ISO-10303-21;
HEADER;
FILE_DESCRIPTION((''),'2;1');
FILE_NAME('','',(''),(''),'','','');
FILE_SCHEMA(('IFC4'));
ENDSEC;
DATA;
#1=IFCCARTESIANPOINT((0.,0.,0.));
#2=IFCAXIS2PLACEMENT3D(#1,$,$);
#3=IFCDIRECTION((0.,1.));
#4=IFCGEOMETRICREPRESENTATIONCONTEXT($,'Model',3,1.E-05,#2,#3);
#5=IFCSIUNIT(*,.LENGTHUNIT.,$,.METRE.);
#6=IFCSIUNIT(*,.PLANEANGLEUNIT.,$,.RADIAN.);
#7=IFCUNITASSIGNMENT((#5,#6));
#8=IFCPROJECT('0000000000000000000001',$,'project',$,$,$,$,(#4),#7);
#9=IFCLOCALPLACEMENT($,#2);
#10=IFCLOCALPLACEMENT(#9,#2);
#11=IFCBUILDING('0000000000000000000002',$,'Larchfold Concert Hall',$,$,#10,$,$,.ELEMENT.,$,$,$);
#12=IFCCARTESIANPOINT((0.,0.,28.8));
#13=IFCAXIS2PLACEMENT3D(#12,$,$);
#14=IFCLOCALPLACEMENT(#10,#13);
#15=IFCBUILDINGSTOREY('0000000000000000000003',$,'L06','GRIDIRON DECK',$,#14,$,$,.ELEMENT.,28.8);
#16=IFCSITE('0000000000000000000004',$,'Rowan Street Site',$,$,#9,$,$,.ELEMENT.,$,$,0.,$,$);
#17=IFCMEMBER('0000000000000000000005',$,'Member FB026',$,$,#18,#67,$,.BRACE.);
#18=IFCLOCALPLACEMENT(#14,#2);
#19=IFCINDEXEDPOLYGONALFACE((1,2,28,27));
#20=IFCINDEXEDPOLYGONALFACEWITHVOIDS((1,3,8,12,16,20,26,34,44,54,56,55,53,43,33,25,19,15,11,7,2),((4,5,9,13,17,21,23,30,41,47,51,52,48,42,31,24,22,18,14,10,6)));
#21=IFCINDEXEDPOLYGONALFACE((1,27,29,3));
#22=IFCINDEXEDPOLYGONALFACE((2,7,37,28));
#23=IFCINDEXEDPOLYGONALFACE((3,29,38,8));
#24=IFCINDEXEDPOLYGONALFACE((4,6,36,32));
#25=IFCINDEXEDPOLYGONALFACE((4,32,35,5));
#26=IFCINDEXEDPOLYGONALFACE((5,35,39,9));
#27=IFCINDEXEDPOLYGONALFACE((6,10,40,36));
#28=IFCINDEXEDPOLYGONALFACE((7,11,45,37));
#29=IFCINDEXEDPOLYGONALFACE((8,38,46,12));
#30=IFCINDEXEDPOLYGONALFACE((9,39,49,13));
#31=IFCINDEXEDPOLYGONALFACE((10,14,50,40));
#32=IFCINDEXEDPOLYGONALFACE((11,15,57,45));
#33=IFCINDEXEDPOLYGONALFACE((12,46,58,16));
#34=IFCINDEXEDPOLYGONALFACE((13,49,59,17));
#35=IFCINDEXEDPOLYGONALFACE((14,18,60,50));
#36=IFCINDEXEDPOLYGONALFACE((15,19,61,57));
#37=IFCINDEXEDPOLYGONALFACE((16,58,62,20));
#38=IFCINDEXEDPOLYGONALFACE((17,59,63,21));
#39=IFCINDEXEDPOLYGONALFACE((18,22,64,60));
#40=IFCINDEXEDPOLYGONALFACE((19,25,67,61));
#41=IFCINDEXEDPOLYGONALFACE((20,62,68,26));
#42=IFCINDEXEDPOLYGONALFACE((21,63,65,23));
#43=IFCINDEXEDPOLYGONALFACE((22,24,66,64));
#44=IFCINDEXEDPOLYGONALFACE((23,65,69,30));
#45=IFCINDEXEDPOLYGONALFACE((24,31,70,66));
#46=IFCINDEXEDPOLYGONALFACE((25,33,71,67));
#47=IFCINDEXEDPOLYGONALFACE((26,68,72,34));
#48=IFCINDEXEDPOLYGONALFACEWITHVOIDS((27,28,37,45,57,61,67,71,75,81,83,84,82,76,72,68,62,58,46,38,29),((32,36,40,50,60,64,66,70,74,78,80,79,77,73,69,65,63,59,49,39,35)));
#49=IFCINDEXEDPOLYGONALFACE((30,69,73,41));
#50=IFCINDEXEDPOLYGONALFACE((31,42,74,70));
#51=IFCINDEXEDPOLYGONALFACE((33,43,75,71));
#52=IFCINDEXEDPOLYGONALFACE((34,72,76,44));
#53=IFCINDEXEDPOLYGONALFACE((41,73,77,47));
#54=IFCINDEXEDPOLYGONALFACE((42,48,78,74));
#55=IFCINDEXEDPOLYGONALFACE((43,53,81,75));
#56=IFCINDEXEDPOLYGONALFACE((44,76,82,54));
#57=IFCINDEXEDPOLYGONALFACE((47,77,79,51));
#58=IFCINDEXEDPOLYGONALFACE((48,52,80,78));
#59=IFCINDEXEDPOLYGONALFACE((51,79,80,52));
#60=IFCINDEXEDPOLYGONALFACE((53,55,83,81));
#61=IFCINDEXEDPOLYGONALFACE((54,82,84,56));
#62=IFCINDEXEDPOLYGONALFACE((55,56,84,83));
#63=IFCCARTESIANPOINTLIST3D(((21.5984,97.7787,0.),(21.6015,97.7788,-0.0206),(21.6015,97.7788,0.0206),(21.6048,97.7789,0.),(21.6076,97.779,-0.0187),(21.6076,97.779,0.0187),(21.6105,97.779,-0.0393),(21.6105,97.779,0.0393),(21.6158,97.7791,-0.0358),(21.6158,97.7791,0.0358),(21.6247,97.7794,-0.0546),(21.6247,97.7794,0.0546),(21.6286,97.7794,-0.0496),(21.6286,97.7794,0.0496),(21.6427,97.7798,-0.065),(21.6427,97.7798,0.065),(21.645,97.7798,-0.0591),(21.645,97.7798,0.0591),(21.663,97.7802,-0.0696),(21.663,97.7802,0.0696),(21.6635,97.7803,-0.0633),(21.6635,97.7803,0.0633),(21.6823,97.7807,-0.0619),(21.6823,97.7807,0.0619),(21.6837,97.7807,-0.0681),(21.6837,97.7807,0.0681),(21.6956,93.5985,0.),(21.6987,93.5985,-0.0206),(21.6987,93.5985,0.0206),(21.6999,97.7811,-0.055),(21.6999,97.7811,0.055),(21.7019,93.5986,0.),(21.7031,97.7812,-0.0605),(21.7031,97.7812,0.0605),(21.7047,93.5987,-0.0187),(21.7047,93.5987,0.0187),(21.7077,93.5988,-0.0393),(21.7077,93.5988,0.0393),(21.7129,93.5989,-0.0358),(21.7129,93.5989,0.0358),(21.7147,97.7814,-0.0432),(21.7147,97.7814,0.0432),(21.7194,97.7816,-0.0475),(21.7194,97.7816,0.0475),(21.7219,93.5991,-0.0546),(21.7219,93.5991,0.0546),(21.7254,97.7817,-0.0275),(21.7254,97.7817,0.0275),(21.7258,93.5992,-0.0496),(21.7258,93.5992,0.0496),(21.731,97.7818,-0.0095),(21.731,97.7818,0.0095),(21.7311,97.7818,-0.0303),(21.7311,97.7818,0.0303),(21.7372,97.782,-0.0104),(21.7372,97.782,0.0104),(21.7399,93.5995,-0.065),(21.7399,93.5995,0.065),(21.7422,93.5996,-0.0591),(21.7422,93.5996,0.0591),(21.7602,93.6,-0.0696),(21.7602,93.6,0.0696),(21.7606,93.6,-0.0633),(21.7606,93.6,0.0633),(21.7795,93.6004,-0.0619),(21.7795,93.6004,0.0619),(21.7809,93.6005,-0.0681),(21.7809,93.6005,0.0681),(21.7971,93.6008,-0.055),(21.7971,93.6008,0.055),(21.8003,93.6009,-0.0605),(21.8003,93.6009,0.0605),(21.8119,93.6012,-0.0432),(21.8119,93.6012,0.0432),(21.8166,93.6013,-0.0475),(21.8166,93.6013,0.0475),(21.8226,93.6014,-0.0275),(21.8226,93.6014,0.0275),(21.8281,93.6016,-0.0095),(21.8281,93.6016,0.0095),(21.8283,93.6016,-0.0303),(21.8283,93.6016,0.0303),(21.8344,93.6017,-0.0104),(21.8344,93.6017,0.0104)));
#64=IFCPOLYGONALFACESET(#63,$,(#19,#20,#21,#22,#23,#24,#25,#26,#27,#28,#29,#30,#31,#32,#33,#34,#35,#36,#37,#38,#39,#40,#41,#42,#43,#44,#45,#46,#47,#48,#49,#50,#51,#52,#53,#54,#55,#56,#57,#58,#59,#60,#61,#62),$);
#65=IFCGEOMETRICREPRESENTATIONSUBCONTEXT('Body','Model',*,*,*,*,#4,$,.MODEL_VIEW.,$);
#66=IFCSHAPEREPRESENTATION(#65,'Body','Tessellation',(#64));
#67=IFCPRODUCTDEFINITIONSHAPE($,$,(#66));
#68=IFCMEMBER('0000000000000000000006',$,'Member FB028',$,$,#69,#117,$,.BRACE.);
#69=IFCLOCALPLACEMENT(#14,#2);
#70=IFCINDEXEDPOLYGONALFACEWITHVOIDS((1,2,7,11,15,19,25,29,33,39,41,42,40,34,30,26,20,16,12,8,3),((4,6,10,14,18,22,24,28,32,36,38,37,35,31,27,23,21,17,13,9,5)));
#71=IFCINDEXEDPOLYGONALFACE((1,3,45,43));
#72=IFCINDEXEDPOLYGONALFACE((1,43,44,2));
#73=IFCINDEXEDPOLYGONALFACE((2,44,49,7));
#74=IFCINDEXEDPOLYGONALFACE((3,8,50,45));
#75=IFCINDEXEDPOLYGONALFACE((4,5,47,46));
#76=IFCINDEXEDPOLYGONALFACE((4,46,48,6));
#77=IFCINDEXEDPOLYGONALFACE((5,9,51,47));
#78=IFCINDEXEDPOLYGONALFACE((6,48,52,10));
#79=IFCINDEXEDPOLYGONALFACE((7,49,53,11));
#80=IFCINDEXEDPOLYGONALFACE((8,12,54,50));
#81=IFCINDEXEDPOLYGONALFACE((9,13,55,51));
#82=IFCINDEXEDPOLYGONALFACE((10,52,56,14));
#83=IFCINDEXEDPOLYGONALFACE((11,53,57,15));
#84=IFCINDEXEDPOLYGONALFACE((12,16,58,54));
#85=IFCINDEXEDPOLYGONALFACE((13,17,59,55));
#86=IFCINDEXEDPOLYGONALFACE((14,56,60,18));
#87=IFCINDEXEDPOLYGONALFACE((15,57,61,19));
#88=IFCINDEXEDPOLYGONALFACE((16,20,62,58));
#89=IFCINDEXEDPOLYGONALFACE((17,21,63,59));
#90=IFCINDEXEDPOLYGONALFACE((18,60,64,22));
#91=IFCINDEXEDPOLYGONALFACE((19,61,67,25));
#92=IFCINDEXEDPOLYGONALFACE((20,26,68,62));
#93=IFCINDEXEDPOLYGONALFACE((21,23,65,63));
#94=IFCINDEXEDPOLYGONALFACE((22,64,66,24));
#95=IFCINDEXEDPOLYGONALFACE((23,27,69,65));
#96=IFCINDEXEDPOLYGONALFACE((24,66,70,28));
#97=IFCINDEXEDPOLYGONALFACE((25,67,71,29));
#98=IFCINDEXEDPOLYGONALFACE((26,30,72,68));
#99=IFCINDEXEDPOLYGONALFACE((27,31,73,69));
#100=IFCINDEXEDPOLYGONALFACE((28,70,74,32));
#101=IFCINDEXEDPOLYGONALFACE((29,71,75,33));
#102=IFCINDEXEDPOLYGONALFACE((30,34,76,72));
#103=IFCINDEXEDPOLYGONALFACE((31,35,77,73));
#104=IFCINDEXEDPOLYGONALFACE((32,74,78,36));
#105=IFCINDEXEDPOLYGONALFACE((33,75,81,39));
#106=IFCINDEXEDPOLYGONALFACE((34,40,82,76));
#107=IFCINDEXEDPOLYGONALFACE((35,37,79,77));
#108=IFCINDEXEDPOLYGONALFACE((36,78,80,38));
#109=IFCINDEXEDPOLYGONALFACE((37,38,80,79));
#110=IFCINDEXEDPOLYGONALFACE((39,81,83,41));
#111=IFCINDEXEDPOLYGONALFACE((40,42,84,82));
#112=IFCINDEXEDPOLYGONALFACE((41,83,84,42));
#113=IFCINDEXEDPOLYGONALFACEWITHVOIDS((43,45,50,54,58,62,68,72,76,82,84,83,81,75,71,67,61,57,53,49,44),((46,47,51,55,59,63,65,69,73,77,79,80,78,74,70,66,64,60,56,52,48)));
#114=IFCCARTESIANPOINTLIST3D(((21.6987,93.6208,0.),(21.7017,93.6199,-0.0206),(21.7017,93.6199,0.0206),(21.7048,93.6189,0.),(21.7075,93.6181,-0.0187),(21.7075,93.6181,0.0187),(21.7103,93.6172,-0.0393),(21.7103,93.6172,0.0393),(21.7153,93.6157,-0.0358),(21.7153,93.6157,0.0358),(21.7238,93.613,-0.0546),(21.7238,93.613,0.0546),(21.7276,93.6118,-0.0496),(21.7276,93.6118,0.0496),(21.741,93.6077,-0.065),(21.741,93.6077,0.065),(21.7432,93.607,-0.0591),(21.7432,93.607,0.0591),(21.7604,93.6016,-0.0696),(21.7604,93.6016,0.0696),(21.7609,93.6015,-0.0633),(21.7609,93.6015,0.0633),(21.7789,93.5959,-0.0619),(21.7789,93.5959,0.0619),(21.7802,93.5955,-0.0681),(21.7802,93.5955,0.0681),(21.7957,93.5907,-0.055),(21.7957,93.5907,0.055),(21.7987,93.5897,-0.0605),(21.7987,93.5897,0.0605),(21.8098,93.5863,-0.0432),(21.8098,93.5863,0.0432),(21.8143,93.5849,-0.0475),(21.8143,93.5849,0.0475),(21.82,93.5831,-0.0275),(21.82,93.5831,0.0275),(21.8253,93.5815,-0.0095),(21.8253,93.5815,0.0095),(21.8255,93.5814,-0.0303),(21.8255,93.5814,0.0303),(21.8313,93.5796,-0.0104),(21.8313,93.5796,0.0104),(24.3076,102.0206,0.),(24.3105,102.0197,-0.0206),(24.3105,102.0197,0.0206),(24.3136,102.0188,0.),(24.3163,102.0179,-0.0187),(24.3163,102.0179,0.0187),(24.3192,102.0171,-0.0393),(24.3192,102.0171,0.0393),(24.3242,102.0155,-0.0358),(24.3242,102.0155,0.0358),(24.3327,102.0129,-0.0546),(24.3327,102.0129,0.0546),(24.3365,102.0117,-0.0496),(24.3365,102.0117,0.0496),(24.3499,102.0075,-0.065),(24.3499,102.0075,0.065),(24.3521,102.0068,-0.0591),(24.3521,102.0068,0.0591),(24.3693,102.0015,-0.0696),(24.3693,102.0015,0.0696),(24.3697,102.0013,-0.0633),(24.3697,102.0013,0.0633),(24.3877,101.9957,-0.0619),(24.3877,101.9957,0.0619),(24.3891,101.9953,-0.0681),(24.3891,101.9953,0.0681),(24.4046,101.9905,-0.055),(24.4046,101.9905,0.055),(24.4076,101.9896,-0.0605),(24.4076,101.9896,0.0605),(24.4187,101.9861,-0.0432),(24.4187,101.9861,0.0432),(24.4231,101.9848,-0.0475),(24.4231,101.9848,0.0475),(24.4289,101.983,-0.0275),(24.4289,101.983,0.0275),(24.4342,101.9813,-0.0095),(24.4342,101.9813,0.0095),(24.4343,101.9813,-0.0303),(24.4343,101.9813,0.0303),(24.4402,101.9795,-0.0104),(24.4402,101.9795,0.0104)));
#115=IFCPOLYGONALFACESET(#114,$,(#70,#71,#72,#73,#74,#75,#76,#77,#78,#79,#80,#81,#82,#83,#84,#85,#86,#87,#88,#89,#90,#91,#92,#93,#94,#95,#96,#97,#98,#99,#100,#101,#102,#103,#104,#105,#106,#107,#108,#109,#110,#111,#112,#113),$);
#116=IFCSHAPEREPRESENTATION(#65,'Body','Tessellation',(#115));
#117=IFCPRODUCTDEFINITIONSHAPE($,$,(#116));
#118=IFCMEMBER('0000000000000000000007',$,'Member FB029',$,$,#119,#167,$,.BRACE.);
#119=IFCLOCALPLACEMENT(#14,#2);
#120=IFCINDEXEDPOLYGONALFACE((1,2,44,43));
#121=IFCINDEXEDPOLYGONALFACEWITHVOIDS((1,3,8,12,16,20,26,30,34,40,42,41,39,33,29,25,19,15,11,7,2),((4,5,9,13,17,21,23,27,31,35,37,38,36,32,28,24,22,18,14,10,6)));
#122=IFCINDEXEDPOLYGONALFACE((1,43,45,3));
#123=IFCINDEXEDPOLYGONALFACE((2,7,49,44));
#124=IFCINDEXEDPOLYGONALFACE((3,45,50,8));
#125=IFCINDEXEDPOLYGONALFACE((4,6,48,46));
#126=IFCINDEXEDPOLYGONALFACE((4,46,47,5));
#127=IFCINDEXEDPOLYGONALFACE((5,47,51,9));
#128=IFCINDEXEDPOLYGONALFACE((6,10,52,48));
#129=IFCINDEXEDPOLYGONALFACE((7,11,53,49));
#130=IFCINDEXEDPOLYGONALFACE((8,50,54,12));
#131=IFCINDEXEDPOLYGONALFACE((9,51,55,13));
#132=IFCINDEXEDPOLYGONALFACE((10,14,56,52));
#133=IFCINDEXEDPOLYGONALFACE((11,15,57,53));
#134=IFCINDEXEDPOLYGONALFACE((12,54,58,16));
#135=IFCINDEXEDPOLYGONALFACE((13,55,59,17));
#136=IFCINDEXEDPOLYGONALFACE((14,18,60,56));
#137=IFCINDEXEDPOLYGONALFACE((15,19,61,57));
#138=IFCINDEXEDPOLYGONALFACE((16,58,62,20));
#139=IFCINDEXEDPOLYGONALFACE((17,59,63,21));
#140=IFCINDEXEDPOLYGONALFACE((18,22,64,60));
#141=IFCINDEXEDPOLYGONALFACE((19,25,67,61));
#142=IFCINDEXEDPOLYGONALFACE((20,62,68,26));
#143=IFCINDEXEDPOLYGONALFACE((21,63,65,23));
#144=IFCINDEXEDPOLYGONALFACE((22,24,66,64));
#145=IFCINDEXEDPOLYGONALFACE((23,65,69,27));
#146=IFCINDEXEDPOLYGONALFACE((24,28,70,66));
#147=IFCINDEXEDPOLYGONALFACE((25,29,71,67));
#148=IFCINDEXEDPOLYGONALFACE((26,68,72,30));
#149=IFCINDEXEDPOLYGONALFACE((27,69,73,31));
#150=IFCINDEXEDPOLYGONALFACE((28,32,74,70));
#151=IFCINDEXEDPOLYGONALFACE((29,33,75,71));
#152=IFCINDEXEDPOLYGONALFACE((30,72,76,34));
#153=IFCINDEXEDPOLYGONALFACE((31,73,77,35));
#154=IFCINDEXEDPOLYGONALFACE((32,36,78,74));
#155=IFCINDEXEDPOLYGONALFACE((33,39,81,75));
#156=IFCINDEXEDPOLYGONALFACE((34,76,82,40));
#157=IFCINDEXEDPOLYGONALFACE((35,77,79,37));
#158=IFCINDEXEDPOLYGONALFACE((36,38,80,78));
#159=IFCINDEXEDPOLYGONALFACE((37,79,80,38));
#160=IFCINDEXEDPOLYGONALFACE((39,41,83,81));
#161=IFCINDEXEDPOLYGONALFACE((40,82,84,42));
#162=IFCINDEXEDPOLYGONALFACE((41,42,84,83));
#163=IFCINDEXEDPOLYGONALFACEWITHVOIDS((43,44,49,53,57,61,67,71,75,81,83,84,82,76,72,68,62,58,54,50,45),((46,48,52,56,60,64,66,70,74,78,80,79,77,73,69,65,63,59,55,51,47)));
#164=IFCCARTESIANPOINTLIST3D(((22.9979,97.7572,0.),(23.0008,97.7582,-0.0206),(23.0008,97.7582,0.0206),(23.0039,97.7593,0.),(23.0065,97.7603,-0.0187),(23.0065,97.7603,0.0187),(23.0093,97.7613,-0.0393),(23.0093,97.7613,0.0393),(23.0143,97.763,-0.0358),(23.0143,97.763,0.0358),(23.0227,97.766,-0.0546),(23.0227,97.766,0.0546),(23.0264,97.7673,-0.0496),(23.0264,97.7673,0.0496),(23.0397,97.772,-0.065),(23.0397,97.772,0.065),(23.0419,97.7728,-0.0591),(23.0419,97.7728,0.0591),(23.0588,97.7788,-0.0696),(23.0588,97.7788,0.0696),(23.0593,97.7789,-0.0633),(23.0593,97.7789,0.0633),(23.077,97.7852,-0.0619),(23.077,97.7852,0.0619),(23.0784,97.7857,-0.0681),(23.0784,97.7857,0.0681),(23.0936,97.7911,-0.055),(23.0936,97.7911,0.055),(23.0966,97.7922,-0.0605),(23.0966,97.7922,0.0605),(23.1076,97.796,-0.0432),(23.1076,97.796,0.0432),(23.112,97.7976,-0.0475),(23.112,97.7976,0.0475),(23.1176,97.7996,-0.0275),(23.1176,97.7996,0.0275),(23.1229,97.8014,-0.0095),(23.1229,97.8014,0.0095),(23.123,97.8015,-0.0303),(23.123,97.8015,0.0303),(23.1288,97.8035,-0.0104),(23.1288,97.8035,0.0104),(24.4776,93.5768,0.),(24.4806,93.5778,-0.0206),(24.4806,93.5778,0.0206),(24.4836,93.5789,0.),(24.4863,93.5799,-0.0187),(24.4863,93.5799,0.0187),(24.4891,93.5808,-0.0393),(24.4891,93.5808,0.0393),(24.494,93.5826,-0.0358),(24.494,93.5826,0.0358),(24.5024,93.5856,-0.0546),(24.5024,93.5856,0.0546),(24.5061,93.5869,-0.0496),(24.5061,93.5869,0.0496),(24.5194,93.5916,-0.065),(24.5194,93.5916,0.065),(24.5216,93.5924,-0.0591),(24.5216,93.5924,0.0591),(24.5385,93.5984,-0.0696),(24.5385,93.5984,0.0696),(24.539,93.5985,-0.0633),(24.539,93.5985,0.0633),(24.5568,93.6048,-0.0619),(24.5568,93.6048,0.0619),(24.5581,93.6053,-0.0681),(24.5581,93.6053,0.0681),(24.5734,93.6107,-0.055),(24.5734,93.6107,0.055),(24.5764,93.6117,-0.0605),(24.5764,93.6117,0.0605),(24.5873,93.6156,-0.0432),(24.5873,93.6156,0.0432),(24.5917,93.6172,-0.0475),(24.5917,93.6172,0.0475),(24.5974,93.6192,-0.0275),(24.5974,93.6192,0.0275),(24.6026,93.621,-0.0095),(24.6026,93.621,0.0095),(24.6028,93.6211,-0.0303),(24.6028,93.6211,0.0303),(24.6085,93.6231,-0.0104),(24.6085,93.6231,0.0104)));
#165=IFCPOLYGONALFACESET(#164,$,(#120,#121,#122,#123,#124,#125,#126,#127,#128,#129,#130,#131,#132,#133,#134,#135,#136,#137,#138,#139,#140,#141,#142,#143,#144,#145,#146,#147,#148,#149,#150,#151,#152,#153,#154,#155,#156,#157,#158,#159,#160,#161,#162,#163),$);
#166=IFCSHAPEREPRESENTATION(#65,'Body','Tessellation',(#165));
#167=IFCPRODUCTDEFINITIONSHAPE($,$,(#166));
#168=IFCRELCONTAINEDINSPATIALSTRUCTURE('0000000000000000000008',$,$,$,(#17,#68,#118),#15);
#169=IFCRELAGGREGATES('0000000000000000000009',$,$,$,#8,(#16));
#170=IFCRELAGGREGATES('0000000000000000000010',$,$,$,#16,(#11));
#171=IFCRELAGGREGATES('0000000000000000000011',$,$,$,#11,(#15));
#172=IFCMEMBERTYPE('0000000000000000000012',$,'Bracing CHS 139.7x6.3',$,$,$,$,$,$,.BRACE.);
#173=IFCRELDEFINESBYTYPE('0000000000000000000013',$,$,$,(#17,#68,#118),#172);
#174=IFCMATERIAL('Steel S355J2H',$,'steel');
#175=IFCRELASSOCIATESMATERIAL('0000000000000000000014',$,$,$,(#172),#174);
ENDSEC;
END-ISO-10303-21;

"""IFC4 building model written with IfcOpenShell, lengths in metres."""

from ifc_helpers import new_model, si_unit, direction, frame, origin, origin_2d, place, context, subcontext, project, spatial, hollow_circle, extrude, material, material_profile, profile_set, type_object, element, save


model = new_model("IFC4")

# Units and contexts
model_context = context("Model", 3, precision=1e-05, world=origin(), true_north=direction((0.0, 1.0)))
body_context = subcontext(model_context, "Body", "Model", "MODEL_VIEW")
ifc_project = project(units=[si_unit("LENGTHUNIT", "METRE"), si_unit("PLANEANGLEUNIT", "RADIAN")], contexts=[model_context])

# Site, building, storey
site_placement = place(None, origin())
site = spatial("IfcSite", under=ifc_project, at=site_placement, Name="Rowan Street Site", CompositionType="ELEMENT", RefElevation=0.0)
building_placement = place(site_placement, origin())
building = spatial("IfcBuilding", under=site, at=building_placement, Name="Larchfold Concert Hall", CompositionType="ELEMENT")
storey_placement = place(building_placement, frame((0.0, 0.0, 28.8)))
storey = spatial("IfcBuildingStorey", under=building, at=storey_placement, Name="L06", Description="GRIDIRON DECK", CompositionType="ELEMENT", Elevation=28.8)

# Members
ifc_material_1 = material(Name="Steel S355J2H", Category="steel")
ifc_material_profile_1 = material_profile(ifc_material_1, hollow_circle(Radius=0.0698, WallThickness=0.0063, at=origin_2d()))
ifc_profile_set_1 = profile_set([ifc_material_profile_1], Name="Steel S355J2H")
member_type_1 = type_object("IfcMemberType", Name="Bracing CHS 139.7x6.3", PredefinedType="BRACE", material=ifc_profile_set_1)
member_1_placement = place(storey_placement, frame((21.7654, 93.6001, 0.0), z_axis=(-0.023239, 0.99973, 0.0), x_axis=(-0.99973, -0.023239, 0.0)))
element("IfcMember", 1, at=member_1_placement, inside=storey, type_object=member_type_1, Name="Member FB026", PredefinedType="BRACE", context=body_context, shape_type="SweptSolid", body=[
    extrude(hollow_circle(Radius=0.0698, WallThickness=0.0063, at=origin_2d()), origin(), (0.0, 0.0, 1.0), 4.1814),
])
member_2_placement = place(storey_placement, frame((21.7654, 93.6001, 0.0), z_axis=(0.296609, 0.954999, 0.0), x_axis=(-0.954999, 0.296609, 0.0)))
element("IfcMember", 2, at=member_2_placement, inside=storey, type_object=member_type_1, Name="Member FB028", PredefinedType="BRACE", context=body_context, shape_type="SweptSolid", body=[
    extrude(hollow_circle(Radius=0.0698, WallThickness=0.0063, at=origin_2d()), origin(), (0.0, 0.0, 1.0), 8.7957),
])
member_3_placement = place(storey_placement, frame((24.5435, 93.6001, 0.0), z_axis=(-0.333681, 0.942686, 0.0), x_axis=(-0.942686, -0.333681, 0.0)))
element("IfcMember", 3, at=member_3_placement, inside=storey, type_object=member_type_1, Name="Member FB029", PredefinedType="BRACE", context=body_context, shape_type="SweptSolid", body=[
    extrude(hollow_circle(Radius=0.0698, WallThickness=0.0063, at=origin_2d()), origin(), (0.0, 0.0, 1.0), 4.4346),
])

save(model, "model.ifc")
